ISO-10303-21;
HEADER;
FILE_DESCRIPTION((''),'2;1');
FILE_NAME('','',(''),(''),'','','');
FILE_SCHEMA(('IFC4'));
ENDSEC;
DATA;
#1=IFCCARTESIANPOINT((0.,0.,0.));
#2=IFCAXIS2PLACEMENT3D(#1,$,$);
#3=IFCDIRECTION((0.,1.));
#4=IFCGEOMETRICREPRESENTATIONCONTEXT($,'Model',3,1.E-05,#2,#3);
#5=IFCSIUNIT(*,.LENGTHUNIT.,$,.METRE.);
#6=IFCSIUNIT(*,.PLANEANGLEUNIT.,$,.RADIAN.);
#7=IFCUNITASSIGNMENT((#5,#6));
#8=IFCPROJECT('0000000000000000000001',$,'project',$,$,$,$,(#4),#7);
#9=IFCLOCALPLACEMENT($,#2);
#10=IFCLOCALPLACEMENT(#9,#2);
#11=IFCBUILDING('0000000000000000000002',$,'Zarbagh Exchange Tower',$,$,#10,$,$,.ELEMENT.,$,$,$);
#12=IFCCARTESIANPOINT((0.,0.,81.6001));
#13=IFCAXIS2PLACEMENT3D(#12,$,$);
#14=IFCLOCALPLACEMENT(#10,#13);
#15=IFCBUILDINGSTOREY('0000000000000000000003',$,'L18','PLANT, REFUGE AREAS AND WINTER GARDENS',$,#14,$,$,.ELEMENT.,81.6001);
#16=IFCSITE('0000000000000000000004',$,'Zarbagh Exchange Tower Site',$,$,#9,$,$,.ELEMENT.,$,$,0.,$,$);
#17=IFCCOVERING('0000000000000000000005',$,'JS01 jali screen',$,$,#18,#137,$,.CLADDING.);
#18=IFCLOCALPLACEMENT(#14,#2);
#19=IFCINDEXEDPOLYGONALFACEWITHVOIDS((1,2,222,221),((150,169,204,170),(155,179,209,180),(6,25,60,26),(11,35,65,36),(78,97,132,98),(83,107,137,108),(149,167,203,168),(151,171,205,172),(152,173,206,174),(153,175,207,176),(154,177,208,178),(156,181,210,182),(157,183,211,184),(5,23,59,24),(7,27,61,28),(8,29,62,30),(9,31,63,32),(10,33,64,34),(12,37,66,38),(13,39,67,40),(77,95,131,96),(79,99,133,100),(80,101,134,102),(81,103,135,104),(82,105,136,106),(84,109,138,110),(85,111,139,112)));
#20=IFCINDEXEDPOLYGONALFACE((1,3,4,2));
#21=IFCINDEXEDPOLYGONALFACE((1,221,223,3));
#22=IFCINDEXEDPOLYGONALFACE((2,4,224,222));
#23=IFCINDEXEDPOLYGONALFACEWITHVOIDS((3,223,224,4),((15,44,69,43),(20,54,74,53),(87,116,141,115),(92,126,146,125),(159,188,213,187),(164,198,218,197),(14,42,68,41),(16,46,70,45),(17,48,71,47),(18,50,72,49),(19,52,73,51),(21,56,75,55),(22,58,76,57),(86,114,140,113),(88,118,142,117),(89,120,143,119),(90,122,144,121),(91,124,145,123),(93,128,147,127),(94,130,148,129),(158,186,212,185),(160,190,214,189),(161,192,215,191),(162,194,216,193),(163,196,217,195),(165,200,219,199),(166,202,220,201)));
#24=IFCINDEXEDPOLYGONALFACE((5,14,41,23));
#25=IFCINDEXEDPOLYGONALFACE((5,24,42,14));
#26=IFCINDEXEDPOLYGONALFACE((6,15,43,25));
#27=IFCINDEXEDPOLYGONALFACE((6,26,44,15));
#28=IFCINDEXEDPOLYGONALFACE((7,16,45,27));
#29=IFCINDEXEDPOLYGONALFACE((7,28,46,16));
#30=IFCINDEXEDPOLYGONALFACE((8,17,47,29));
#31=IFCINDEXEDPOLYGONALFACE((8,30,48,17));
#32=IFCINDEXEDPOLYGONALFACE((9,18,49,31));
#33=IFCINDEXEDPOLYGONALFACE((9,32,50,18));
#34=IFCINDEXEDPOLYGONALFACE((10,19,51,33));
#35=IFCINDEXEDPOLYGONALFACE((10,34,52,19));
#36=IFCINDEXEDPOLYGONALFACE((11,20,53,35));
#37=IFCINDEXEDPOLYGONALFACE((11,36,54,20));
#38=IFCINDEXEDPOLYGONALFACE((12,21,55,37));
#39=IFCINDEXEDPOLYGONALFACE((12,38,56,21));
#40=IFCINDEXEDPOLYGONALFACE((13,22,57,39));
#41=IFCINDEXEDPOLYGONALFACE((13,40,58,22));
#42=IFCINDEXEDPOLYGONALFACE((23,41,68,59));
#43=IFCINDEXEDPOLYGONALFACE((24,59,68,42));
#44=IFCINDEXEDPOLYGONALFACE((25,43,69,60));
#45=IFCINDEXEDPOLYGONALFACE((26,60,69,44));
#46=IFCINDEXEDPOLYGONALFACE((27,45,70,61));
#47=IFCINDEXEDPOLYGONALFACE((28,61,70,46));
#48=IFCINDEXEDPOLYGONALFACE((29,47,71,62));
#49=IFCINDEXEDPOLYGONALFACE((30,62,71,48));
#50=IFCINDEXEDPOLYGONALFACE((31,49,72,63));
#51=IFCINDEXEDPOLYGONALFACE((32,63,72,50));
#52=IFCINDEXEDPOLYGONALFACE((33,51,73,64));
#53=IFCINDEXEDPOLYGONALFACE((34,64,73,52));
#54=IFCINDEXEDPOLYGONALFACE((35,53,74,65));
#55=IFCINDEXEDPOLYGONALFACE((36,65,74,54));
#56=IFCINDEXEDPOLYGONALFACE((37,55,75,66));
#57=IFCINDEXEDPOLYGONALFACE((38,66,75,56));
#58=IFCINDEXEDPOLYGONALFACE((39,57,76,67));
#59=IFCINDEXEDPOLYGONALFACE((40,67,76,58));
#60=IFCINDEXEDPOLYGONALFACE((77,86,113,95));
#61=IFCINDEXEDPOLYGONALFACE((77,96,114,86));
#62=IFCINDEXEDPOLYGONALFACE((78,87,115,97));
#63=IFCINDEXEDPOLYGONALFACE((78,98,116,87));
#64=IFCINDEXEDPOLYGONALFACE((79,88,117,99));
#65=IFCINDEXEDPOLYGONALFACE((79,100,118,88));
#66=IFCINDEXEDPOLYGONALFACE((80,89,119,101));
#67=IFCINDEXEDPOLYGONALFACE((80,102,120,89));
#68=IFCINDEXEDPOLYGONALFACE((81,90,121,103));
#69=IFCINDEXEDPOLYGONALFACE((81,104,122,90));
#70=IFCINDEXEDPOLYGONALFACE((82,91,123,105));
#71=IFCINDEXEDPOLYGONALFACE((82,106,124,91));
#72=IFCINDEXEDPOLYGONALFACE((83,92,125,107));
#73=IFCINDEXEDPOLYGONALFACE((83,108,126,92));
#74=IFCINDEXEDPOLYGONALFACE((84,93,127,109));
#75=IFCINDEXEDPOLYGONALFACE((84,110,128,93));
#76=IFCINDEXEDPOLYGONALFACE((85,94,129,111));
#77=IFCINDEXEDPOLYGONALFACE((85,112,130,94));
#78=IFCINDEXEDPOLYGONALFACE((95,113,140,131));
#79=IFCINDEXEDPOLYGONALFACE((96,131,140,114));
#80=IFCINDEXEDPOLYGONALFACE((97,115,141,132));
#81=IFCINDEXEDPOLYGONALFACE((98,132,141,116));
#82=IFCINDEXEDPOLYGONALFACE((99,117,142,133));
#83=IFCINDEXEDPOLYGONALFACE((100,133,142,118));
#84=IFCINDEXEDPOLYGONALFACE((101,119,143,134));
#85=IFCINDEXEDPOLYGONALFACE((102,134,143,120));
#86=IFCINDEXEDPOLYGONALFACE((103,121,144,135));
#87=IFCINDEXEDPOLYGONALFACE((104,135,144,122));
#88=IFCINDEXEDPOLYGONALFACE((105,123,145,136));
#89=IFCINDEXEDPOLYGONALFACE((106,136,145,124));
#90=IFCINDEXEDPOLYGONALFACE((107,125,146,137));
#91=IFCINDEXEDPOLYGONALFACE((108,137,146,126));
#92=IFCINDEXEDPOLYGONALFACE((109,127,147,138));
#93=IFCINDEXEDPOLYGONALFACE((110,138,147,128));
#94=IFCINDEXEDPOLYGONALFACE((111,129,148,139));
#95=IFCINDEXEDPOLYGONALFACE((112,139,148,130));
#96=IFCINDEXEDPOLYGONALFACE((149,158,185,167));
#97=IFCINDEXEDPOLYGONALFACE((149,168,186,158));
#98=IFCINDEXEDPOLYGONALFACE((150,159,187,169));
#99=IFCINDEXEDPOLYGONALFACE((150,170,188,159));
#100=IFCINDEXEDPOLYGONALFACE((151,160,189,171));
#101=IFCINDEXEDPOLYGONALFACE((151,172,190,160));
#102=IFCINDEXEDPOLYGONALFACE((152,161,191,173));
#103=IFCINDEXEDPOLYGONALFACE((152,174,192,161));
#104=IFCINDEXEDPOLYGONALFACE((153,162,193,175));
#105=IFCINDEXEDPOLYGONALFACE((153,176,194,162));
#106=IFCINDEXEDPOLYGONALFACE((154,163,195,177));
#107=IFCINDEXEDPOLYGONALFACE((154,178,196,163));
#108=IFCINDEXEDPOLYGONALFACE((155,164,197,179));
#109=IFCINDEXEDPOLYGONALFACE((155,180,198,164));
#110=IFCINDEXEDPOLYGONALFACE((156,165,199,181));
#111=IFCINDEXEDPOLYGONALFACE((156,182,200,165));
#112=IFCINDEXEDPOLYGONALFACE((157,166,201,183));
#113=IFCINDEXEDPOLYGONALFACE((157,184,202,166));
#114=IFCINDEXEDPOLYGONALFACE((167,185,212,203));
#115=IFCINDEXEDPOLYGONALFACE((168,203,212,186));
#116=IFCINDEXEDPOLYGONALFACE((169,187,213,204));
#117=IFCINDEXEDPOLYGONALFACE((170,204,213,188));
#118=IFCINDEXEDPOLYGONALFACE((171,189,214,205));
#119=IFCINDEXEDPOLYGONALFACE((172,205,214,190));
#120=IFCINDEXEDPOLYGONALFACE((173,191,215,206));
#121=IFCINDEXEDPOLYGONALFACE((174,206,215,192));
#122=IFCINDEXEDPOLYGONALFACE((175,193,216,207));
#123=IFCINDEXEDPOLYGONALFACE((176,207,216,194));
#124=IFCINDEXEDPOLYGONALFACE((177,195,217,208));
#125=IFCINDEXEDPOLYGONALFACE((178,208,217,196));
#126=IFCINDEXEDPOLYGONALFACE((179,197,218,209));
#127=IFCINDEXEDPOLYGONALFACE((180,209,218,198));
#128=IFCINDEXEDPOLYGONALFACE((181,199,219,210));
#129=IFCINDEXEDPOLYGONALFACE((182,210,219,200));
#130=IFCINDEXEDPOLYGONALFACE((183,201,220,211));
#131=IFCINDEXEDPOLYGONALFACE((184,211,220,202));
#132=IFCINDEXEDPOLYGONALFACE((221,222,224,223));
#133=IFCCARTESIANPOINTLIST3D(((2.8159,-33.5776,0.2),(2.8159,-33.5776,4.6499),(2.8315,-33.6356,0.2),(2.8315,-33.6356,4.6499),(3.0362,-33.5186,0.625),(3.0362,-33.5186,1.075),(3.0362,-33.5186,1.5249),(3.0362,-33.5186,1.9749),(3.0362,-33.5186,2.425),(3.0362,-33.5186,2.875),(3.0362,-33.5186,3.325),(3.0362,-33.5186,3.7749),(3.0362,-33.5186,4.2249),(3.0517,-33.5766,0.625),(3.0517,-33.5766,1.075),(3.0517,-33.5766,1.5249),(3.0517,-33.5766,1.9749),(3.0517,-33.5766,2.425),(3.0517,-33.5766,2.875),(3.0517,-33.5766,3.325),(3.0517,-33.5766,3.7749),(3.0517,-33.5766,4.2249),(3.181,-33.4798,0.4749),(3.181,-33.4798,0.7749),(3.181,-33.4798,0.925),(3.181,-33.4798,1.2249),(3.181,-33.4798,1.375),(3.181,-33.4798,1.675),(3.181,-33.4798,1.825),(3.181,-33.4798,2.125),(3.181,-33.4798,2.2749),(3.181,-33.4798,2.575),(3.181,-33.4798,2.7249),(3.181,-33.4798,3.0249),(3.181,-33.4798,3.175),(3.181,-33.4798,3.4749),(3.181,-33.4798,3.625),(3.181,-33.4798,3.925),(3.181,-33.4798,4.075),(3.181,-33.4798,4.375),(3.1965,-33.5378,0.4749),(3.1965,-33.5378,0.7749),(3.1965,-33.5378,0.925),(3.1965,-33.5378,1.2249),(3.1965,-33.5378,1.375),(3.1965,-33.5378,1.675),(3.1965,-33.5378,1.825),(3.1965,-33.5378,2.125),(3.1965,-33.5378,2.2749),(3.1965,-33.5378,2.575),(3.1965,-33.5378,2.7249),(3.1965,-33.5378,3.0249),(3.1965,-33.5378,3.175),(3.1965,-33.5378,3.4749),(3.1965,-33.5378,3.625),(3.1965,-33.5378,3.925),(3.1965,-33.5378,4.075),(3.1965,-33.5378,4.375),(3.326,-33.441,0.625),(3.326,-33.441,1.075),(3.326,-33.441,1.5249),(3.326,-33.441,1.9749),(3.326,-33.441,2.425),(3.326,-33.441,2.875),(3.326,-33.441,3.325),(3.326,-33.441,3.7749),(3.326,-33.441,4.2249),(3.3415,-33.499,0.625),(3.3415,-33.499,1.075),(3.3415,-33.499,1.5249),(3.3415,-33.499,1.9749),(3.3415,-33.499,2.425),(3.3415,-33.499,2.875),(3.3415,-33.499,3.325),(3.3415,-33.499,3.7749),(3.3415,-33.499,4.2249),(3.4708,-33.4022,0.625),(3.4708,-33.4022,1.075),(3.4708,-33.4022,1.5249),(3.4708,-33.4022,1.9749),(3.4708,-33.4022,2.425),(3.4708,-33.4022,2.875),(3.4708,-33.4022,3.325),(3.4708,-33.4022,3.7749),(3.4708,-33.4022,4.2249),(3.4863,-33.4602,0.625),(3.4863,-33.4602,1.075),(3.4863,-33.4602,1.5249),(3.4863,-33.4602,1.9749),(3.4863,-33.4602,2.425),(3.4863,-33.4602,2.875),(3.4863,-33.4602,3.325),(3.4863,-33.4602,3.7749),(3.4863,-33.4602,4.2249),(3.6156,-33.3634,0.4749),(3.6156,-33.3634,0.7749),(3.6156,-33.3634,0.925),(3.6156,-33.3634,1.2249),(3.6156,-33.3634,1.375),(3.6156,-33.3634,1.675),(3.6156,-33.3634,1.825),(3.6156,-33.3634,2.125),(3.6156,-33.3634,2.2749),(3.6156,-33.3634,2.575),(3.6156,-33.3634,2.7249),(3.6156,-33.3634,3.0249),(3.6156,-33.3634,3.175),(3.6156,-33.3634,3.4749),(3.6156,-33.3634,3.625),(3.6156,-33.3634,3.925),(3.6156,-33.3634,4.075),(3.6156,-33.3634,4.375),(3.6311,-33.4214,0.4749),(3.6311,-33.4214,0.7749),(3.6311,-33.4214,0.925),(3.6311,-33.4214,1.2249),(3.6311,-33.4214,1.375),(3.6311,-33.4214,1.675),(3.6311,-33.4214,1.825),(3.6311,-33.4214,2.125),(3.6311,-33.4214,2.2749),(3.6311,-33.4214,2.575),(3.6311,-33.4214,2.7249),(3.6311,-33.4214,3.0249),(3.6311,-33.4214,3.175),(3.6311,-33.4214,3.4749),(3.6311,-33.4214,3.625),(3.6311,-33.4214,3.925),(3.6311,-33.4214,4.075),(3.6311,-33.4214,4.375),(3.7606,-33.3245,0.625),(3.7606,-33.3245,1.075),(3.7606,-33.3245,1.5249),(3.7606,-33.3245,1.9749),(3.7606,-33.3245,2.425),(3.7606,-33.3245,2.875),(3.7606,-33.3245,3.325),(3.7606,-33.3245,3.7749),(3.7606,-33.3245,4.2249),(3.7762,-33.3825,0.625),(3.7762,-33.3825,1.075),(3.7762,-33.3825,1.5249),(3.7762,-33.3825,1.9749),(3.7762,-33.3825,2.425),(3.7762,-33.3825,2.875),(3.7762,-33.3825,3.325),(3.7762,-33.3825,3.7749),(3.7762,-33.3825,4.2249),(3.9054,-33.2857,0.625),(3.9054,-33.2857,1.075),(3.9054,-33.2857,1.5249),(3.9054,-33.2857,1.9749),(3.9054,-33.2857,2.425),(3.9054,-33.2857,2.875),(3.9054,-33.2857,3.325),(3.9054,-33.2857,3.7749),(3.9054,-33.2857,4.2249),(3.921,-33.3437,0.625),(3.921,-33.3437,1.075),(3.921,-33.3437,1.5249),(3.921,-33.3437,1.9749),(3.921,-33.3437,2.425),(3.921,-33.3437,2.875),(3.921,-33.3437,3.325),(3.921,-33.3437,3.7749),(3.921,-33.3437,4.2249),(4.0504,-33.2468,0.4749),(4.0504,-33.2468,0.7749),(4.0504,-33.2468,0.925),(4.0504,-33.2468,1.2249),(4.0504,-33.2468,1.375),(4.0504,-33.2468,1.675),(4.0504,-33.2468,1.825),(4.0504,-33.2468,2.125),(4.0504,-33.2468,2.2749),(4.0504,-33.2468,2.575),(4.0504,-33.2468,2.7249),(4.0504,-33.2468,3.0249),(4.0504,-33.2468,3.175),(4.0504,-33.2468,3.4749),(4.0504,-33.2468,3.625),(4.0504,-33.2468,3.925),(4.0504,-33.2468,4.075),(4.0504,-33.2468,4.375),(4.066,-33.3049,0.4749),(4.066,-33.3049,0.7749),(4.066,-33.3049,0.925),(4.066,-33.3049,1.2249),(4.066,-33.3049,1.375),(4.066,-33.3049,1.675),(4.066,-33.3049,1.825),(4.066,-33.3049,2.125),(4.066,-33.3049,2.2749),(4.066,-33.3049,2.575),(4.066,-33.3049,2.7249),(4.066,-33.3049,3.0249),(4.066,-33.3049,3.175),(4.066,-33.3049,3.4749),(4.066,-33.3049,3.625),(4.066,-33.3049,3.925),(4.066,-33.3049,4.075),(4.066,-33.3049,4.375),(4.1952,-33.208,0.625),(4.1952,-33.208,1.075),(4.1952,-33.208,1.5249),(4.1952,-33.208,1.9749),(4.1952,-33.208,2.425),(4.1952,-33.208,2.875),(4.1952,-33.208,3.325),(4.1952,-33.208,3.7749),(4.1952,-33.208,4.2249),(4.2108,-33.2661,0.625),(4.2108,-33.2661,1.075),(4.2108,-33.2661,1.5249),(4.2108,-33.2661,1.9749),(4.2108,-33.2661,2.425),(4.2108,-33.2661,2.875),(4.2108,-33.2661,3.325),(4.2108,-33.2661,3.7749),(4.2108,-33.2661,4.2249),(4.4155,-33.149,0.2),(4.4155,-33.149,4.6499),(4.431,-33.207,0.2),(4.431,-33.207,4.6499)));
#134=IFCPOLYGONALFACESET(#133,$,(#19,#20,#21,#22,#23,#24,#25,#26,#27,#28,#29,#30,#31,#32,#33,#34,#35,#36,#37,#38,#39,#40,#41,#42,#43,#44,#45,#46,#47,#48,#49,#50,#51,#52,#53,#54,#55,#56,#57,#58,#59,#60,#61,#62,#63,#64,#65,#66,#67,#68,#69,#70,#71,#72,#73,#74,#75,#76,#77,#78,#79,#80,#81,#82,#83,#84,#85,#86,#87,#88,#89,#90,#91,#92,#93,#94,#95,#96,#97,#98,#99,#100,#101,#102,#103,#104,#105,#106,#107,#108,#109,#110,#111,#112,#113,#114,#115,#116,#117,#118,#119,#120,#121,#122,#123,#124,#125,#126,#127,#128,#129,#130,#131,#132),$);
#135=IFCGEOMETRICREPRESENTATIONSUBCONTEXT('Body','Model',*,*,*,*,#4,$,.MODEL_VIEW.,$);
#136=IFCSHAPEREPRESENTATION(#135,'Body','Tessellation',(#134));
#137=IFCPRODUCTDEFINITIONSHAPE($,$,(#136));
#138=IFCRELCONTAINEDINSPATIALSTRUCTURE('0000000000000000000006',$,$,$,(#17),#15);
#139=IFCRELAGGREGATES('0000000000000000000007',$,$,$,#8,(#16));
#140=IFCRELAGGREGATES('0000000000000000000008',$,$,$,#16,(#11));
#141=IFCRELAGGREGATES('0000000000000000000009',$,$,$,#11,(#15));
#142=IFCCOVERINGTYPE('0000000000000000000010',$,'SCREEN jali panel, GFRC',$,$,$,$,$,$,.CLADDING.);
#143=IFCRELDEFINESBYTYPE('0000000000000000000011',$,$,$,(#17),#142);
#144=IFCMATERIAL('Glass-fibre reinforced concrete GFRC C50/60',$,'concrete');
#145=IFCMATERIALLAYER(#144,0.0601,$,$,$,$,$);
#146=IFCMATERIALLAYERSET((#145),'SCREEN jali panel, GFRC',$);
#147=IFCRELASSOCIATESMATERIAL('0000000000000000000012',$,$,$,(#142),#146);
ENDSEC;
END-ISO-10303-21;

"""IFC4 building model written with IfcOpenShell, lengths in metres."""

from ifc_helpers import new_model, si_unit, direction, frame, origin, place, context, subcontext, project, spatial, polyline, outline, extrude, source, transform, mapped, material, layer, layer_set, type_object, element, save


model = new_model("IFC4")

# Units and contexts
model_context = context("Model", 3, precision=1e-05, world=origin(), true_north=direction((0.0, 1.0)))
body_context = subcontext(model_context, "Body", "Model", "MODEL_VIEW")
ifc_project = project(units=[si_unit("LENGTHUNIT", "METRE"), si_unit("PLANEANGLEUNIT", "RADIAN")], contexts=[model_context])

# Site, building, storey
site_placement = place(None, origin())
site = spatial("IfcSite", under=ifc_project, at=site_placement, Name="Zarbagh Exchange Tower Site", CompositionType="ELEMENT", RefElevation=0.0)
building_placement = place(site_placement, origin())
building = spatial("IfcBuilding", under=site, at=building_placement, Name="Zarbagh Exchange Tower", CompositionType="ELEMENT")
storey_placement = place(building_placement, frame((0.0, 0.0, 81.6001)))
storey = spatial("IfcBuildingStorey", under=building, at=storey_placement, Name="L18", Description="PLANT, REFUGE AREAS AND WINTER GARDENS", CompositionType="ELEMENT", Elevation=81.6001)

# Covering
ifc_material_1 = material(Name="Glass-fibre reinforced concrete GFRC C50/60", Category="concrete")
ifc_layer_1 = layer(ifc_material_1, 0.0601)
ifc_layer_set_1 = layer_set([ifc_layer_1], Name="SCREEN jali panel, GFRC")
covering_type = type_object("IfcCoveringType", Name="SCREEN jali panel, GFRC", PredefinedType="CLADDING", material=ifc_layer_set_1)
shared_shape_1 = source(origin(), body_context, "Body", "SweptSolid", [
    extrude(outline(polyline([(0.0, 0.0), (1.656, 0.0), (1.656, 4.45), (0.0, 4.45), (0.0, 0.0)]), holes=[polyline([(0.228, 0.425), (0.3779, 0.2749), (0.5281, 0.425), (0.3779, 0.575), (0.228, 0.425)]), polyline([(0.228, 0.875), (0.3779, 0.7251), (0.5281, 0.875), (0.3779, 1.0249), (0.228, 0.875)]), polyline([(0.228, 1.325), (0.3779, 1.175), (0.5281, 1.325), (0.3779, 1.4751), (0.228, 1.325)]), polyline([(0.228, 1.7749), (0.3779, 1.625), (0.5281, 1.7749), (0.3779, 1.925), (0.228, 1.7749)]), polyline([(0.228, 2.2251), (0.3779, 2.075), (0.5281, 2.2251), (0.3779, 2.375), (0.228, 2.2251)]), polyline([(0.228, 2.675), (0.3779, 2.5249), (0.5281, 2.675), (0.3779, 2.825), (0.228, 2.675)]), polyline([(0.228, 3.125), (0.3779, 2.9751), (0.5281, 3.125), (0.3779, 3.2749), (0.228, 3.125)]), polyline([(0.228, 3.575), (0.3779, 3.425), (0.5281, 3.575), (0.3779, 3.7251), (0.228, 3.575)]), polyline([(0.228, 4.0249), (0.3779, 3.875), (0.5281, 4.0249), (0.3779, 4.175), (0.228, 4.0249)]), polyline([(0.678, 0.425), (0.8279, 0.2749), (0.978, 0.425), (0.8279, 0.575), (0.678, 0.425)]), polyline([(0.678, 0.875), (0.8279, 0.7251), (0.978, 0.875), (0.8279, 1.0249), (0.678, 0.875)]), polyline([(0.678, 1.325), (0.8279, 1.175), (0.978, 1.325), (0.8279, 1.4751), (0.678, 1.325)]), polyline([(0.678, 1.7749), (0.8279, 1.625), (0.978, 1.7749), (0.8279, 1.925), (0.678, 1.7749)]), polyline([(0.678, 2.2251), (0.8279, 2.075), (0.978, 2.2251), (0.8279, 2.375), (0.678, 2.2251)]), polyline([(0.678, 2.675), (0.8279, 2.5249), (0.978, 2.675), (0.8279, 2.825), (0.678, 2.675)]), polyline([(0.678, 3.125), (0.8279, 2.9751), (0.978, 3.125), (0.8279, 3.2749), (0.678, 3.125)]), polyline([(0.678, 3.575), (0.8279, 3.425), (0.978, 3.575), (0.8279, 3.7251), (0.678, 3.575)]), polyline([(0.678, 4.0249), (0.8279, 3.875), (0.978, 4.0249), (0.8279, 4.175), (0.678, 4.0249)]), polyline([(1.1279, 0.425), (1.2781, 0.2749), (1.428, 0.425), (1.2781, 0.575), (1.1279, 0.425)]), polyline([(1.1279, 0.875), (1.2781, 0.7251), (1.428, 0.875), (1.2781, 1.0249), (1.1279, 0.875)]), polyline([(1.1279, 1.325), (1.2781, 1.175), (1.428, 1.325), (1.2781, 1.4751), (1.1279, 1.325)]), polyline([(1.1279, 1.7749), (1.2781, 1.625), (1.428, 1.7749), (1.2781, 1.925), (1.1279, 1.7749)]), polyline([(1.1279, 2.2251), (1.2781, 2.075), (1.428, 2.2251), (1.2781, 2.375), (1.1279, 2.2251)]), polyline([(1.1279, 2.675), (1.2781, 2.5249), (1.428, 2.675), (1.2781, 2.825), (1.1279, 2.675)]), polyline([(1.1279, 3.125), (1.2781, 2.9751), (1.428, 3.125), (1.2781, 3.2749), (1.1279, 3.125)]), polyline([(1.1279, 3.575), (1.2781, 3.425), (1.428, 3.575), (1.2781, 3.7251), (1.1279, 3.575)]), polyline([(1.1279, 4.0249), (1.2781, 3.875), (1.428, 4.0249), (1.2781, 4.175), (1.1279, 4.0249)])]), origin(), (0.0, 0.0, 1.0), 0.0601),
])
placement = place(storey_placement, origin())
element("IfcCovering", 1, at=placement, inside=storey, type_object=covering_type, Name="JS01 jali screen", PredefinedType="CLADDING", context=body_context, shape_type="MappedRepresentation", body=[
    mapped(shared_shape_1, transform((2.8159, -33.5776, 0.2), x_axis=(0.965924, 0.258825, 0.0), y_axis=(0.0, 0.0, 1.0), z_axis=(0.258825, -0.965924, 0.0))),
])

save(model, "model.ifc")
